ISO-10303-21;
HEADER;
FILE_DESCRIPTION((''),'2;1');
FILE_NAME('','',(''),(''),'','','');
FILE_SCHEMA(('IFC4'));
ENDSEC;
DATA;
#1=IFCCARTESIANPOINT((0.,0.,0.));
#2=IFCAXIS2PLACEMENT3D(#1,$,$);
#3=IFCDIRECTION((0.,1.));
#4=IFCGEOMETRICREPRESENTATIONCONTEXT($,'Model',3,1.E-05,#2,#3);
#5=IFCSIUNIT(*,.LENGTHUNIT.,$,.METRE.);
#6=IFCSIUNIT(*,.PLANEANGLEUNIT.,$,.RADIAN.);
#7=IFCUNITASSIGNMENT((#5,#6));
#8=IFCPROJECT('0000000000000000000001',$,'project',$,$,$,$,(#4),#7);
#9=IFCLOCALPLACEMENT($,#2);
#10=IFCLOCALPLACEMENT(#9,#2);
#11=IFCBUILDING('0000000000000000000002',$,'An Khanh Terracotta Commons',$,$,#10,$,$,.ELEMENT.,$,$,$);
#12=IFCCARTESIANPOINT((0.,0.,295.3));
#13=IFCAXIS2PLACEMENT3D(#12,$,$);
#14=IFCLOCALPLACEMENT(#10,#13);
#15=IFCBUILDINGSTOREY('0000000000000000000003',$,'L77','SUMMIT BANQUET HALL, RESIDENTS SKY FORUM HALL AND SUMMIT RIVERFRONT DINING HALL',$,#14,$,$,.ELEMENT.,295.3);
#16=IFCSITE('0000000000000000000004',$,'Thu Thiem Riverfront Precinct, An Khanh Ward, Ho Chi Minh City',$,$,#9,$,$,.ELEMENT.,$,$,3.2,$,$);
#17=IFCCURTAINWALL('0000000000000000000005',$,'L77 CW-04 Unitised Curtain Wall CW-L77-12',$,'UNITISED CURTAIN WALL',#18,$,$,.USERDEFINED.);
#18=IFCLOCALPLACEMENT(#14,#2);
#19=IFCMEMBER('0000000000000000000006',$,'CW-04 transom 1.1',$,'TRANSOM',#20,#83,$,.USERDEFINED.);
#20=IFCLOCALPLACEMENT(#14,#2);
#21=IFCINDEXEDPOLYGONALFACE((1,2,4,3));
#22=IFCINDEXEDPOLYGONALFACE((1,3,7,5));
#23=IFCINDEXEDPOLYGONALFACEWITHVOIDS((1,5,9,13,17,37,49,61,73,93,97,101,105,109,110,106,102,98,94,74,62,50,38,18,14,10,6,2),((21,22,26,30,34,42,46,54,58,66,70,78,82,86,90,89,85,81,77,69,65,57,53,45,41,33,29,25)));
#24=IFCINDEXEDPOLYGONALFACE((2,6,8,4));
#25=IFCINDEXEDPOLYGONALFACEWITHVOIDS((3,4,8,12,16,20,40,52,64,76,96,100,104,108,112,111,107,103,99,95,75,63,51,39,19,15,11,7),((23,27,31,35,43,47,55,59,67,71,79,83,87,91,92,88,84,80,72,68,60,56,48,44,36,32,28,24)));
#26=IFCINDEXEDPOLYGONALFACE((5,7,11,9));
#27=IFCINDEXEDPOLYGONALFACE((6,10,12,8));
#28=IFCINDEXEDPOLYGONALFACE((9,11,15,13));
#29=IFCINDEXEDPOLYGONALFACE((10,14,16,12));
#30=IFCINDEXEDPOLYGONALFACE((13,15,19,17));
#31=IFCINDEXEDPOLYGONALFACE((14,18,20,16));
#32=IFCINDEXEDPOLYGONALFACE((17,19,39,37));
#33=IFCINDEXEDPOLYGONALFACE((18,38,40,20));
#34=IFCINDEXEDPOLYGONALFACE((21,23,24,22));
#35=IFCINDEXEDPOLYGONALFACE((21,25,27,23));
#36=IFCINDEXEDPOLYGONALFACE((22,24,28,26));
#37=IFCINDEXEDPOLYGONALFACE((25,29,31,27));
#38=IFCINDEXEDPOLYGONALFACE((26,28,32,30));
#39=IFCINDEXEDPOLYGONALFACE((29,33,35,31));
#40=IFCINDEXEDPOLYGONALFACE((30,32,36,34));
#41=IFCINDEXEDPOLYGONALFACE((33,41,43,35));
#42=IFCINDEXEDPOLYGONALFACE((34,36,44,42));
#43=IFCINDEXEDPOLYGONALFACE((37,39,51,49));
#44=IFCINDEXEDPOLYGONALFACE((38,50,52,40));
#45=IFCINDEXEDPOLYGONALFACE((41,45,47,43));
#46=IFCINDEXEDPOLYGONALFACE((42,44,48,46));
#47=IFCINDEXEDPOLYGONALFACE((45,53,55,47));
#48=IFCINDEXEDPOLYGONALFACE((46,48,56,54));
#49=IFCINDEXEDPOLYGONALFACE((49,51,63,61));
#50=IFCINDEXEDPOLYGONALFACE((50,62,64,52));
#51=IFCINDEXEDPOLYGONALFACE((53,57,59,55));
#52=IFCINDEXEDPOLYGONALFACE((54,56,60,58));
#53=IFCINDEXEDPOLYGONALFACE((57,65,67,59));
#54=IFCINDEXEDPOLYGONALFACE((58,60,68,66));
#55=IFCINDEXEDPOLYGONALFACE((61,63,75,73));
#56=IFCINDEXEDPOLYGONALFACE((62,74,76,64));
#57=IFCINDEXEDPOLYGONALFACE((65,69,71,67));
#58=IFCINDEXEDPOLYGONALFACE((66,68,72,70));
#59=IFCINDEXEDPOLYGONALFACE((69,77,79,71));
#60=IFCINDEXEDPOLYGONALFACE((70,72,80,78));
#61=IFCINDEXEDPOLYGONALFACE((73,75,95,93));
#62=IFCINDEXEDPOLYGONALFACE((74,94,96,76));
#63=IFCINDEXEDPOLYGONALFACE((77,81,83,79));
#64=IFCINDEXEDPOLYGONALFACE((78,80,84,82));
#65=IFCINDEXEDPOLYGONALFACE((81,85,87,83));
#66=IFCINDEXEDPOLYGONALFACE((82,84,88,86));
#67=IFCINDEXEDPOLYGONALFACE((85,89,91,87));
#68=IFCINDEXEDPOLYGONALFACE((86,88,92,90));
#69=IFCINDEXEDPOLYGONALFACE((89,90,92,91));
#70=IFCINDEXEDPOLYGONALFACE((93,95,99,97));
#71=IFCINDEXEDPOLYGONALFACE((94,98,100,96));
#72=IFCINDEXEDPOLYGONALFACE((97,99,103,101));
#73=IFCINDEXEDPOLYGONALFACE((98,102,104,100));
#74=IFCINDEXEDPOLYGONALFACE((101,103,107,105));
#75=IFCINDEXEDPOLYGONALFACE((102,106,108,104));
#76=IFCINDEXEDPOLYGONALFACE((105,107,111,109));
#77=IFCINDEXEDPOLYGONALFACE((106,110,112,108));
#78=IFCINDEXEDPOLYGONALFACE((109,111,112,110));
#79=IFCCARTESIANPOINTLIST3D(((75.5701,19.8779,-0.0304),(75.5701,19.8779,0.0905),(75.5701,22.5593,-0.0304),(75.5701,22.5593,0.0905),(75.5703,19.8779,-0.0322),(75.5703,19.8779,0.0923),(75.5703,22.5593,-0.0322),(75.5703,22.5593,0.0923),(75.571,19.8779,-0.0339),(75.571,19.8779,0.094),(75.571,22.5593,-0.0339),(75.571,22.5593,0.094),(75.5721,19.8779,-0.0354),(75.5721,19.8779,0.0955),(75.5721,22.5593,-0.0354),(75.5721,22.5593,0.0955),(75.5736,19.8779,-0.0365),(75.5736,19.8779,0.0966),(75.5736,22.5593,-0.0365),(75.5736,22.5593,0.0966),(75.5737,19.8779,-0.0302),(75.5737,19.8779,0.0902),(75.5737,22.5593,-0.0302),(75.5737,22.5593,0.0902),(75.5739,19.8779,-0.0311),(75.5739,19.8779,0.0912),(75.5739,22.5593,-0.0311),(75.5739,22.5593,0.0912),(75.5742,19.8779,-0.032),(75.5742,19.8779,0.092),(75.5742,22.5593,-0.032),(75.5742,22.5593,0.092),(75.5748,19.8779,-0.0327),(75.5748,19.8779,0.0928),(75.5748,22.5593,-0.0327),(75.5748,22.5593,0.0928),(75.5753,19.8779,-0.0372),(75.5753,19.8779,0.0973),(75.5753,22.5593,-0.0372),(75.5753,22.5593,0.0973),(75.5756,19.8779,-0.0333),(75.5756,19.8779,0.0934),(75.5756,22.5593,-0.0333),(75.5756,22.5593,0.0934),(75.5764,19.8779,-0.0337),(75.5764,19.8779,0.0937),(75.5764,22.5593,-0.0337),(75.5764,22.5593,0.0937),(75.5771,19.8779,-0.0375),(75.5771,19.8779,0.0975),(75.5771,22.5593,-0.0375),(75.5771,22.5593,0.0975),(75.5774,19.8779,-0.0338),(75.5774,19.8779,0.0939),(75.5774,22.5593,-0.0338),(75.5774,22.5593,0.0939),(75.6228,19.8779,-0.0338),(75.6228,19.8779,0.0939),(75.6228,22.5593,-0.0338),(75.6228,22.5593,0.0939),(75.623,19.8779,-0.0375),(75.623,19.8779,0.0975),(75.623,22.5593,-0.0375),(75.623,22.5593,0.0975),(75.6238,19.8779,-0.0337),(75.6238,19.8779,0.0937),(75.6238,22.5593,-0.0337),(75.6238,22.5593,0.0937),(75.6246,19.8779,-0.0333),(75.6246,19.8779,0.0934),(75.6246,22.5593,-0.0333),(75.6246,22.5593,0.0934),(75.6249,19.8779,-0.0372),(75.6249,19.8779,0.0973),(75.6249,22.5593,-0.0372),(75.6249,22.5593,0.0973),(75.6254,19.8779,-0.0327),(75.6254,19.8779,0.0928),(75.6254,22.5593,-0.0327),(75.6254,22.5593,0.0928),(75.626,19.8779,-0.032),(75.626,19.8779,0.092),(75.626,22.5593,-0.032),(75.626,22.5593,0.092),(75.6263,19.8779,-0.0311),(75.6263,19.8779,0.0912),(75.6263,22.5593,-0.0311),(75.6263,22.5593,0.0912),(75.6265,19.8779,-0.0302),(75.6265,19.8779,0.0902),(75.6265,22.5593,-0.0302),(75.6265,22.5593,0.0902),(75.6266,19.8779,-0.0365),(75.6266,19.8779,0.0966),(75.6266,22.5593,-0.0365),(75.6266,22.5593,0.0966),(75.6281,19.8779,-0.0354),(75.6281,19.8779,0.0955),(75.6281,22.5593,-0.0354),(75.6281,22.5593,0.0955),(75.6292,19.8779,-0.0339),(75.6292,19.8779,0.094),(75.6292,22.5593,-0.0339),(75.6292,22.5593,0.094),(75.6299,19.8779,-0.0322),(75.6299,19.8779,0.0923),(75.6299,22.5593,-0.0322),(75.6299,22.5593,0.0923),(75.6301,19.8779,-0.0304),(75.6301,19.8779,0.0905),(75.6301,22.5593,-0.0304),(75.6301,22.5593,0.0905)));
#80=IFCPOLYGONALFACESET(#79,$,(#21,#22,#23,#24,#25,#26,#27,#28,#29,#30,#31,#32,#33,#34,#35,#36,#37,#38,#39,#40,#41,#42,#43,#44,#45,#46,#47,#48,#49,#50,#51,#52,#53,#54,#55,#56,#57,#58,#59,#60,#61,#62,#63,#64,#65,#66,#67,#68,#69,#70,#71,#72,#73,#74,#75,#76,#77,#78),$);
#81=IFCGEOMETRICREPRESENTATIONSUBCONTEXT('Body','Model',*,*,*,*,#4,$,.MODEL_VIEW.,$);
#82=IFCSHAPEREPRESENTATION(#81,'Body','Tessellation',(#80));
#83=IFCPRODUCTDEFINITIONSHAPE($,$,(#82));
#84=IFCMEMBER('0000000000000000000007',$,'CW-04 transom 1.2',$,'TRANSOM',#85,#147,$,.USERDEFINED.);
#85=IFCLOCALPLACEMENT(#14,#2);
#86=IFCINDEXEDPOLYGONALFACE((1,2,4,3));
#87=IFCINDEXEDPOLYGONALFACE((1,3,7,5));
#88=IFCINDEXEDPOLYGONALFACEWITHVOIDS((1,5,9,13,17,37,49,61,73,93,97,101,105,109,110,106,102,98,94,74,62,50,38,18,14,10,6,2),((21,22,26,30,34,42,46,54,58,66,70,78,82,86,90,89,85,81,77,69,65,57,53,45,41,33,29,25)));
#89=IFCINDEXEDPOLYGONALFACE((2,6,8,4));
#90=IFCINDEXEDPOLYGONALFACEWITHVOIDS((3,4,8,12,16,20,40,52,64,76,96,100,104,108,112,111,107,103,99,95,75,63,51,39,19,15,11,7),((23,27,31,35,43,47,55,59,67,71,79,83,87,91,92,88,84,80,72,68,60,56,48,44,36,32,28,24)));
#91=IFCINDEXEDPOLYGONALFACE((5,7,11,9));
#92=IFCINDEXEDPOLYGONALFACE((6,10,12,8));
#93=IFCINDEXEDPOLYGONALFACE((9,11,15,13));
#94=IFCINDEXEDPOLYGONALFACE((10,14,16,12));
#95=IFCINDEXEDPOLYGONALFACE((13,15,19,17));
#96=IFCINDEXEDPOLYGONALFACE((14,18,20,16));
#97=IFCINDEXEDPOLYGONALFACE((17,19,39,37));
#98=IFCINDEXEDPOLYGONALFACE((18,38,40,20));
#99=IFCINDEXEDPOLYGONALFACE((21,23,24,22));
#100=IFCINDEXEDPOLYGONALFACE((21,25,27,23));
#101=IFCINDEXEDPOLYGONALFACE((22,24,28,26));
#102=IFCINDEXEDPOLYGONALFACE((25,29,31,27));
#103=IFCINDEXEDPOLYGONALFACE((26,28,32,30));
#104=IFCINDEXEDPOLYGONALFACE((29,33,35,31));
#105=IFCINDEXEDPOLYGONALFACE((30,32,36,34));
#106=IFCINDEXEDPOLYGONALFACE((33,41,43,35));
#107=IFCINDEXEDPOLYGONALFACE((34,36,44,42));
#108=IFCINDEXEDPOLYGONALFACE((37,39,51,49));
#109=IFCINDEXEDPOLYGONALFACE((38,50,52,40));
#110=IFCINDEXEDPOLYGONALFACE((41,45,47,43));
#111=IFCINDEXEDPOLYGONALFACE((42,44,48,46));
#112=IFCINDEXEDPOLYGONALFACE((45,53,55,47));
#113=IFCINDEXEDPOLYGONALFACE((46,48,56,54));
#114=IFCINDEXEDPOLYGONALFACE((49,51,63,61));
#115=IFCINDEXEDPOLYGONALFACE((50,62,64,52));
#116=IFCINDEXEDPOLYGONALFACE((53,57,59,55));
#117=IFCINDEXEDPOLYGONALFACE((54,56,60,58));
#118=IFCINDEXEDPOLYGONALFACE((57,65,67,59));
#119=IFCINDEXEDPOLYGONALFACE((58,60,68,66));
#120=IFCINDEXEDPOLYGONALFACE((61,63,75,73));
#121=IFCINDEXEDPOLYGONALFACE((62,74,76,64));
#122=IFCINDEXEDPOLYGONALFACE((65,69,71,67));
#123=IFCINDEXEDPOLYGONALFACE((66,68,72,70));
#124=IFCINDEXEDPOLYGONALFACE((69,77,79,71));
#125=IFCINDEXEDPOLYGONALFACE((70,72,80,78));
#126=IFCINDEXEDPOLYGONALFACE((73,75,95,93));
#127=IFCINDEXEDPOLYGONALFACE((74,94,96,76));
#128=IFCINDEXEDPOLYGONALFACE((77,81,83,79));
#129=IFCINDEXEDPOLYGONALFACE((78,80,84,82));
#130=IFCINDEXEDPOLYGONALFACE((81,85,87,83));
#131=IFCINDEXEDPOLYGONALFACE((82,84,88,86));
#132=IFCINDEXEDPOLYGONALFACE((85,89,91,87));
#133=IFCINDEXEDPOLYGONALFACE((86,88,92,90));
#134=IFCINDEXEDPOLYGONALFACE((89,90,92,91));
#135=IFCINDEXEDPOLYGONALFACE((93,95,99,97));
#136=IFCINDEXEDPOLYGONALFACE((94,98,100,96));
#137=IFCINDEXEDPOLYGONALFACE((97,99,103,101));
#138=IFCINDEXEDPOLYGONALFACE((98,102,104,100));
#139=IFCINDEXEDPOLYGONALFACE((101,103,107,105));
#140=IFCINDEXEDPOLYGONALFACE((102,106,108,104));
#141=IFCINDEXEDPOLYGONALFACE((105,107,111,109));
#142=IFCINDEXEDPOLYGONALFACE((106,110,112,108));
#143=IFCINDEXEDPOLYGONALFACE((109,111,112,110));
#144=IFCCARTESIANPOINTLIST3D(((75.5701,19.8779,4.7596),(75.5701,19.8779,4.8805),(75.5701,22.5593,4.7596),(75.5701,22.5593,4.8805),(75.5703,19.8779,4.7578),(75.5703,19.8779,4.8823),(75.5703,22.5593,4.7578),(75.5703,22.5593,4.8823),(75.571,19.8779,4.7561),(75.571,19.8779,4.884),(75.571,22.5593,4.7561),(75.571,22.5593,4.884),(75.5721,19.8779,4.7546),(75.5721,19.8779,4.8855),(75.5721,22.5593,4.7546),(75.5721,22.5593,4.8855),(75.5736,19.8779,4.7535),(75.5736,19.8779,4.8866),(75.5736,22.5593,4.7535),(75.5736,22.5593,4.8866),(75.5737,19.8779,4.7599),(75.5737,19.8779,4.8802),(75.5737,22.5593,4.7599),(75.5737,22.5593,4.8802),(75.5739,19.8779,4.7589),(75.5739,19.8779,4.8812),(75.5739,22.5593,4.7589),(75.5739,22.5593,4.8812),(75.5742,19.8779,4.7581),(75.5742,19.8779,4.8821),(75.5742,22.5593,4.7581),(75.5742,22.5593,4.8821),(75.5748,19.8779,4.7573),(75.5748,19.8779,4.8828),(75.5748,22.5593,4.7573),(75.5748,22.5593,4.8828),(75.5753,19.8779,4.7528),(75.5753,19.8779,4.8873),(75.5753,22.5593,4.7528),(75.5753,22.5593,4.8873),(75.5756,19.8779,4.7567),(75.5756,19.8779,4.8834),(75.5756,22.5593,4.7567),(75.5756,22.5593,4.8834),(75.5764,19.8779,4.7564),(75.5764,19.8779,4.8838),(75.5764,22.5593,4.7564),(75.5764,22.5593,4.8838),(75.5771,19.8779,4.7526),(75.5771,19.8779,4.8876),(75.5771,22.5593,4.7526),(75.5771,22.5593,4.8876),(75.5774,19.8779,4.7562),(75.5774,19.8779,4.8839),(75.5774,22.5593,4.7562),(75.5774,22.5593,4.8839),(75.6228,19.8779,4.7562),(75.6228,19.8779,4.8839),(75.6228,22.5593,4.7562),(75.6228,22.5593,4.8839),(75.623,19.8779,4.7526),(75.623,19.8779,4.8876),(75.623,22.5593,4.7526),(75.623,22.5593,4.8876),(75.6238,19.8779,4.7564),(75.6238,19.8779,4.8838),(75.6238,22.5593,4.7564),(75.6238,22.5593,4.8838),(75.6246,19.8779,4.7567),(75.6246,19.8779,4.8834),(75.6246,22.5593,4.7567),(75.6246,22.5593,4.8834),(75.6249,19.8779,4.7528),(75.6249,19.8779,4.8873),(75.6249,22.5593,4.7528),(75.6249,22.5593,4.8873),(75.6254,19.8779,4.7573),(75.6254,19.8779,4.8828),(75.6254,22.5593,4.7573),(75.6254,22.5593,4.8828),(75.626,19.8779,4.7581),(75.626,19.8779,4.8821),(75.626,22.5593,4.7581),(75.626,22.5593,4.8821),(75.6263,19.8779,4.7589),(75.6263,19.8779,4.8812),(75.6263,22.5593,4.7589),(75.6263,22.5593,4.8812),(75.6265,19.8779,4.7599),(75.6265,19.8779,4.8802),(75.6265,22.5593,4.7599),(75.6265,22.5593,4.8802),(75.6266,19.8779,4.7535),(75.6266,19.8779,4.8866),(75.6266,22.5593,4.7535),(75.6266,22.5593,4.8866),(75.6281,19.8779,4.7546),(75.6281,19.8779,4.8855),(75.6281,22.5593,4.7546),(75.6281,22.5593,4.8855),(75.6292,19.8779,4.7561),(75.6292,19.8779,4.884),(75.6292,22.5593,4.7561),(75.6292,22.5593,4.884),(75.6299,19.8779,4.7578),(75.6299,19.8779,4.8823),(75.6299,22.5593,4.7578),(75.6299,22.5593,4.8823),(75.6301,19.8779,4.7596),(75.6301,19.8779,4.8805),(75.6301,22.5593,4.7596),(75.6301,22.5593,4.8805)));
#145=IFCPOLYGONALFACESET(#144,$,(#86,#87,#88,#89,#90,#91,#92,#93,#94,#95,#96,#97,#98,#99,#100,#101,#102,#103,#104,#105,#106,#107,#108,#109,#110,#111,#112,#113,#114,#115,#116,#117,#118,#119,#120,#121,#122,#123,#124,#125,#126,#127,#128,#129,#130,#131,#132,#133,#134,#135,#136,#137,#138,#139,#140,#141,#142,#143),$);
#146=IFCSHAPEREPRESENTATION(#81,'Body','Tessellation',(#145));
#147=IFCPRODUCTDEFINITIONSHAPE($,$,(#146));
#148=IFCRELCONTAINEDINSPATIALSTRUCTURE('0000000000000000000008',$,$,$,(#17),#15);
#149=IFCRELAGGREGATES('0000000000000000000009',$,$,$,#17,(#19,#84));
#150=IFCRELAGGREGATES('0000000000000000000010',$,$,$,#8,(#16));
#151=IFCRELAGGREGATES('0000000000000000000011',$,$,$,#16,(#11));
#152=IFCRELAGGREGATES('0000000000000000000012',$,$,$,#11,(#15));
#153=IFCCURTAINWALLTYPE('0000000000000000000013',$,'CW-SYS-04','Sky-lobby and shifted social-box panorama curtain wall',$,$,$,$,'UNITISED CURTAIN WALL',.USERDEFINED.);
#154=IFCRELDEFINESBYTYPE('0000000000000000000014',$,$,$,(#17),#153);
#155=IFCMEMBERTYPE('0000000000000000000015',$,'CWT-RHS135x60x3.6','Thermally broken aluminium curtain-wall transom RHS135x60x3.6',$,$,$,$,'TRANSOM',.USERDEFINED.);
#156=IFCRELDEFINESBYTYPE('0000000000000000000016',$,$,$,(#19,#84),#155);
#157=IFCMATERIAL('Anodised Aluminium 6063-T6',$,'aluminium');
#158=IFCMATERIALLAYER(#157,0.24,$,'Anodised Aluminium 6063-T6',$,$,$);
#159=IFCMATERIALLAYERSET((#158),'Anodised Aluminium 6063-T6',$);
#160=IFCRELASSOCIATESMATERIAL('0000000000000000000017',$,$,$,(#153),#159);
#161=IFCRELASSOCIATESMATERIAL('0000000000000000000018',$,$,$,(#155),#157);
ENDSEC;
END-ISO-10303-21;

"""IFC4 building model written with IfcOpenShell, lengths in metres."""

from ifc_helpers import new_model, si_unit, direction, frame, origin, origin_2d, place, context, subcontext, project, spatial, hollow_rectangle, extrude, material, layer, layer_set, material_profile, profile_set, type_object, element, aggregate, save


model = new_model("IFC4")

# Units and contexts
model_context = context("Model", 3, precision=1e-05, world=origin(), true_north=direction((0.0, 1.0)))
body_context = subcontext(model_context, "Body", "Model", "MODEL_VIEW")
ifc_project = project(units=[si_unit("LENGTHUNIT", "METRE"), si_unit("PLANEANGLEUNIT", "RADIAN")], contexts=[model_context])

# Site, building, storey
site_placement = place(None, origin())
site = spatial("IfcSite", under=ifc_project, at=site_placement, Name="Thu Thiem Riverfront Precinct, An Khanh Ward, Ho Chi Minh City", CompositionType="ELEMENT", RefElevation=3.2)
building_placement = place(site_placement, origin())
building = spatial("IfcBuilding", under=site, at=building_placement, Name="An Khanh Terracotta Commons", CompositionType="ELEMENT")
storey_placement = place(building_placement, frame((0.0, 0.0, 295.3)))
storey = spatial("IfcBuildingStorey", under=building, at=storey_placement, Name="L77", Description="SUMMIT BANQUET HALL, RESIDENTS SKY FORUM HALL AND SUMMIT RIVERFRONT DINING HALL", CompositionType="ELEMENT", Elevation=295.3)

# Curtain wall
ifc_material_1 = material(Name="Anodised Aluminium 6063-T6", Category="aluminium")
ifc_layer_1 = layer(ifc_material_1, 0.24, Name="Anodised Aluminium 6063-T6")
ifc_layer_set_1 = layer_set([ifc_layer_1], Name="Anodised Aluminium 6063-T6")
curtain_wall_type = type_object("IfcCurtainWallType", Name="CW-SYS-04", Description="Sky-lobby and shifted social-box panorama curtain wall", ElementType="UNITISED CURTAIN WALL", PredefinedType="USERDEFINED", material=ifc_layer_set_1)
curtain_wall_1_placement = place(storey_placement, origin())
curtain_wall_1 = element("IfcCurtainWall", 1, at=curtain_wall_1_placement, inside=storey, type_object=curtain_wall_type, Name="L77 CW-04 Unitised Curtain Wall CW-L77-12", ObjectType="UNITISED CURTAIN WALL", PredefinedType="USERDEFINED")

# Members
ifc_material_profile_1 = material_profile(ifc_material_1, hollow_rectangle(XDim=0.0601, YDim=0.135, WallThickness=0.0037, InnerFilletRadius=0.0037, OuterFilletRadius=0.0071, at=origin_2d()), Name="RHS135x60x3.6")
ifc_profile_set_1 = profile_set([ifc_material_profile_1], Name="Anodised Aluminium 6063-T6")
member_type_1 = type_object("IfcMemberType", Name="CWT-RHS135x60x3.6", Description="Thermally broken aluminium curtain-wall transom RHS135x60x3.6", ElementType="TRANSOM", PredefinedType="USERDEFINED", material=ifc_profile_set_1)
member_1_placement = place(storey_placement, frame((75.6001, 19.8779, 0.03), z_axis=(0.0, 1.0, 0.0), x_axis=(-1.0, 0.0, 0.0)))
member_1 = element("IfcMember", 2, at=member_1_placement, type_object=member_type_1, Name="CW-04 transom 1.1", ObjectType="TRANSOM", PredefinedType="USERDEFINED", context=body_context, shape_type="SweptSolid", body=[
    extrude(hollow_rectangle(XDim=0.0601, YDim=0.135, WallThickness=0.0037, InnerFilletRadius=0.0037, OuterFilletRadius=0.0071, at=origin_2d()), origin(), (0.0, 0.0, 1.0), 2.6814),
])
member_2_placement = place(storey_placement, frame((75.6001, 19.8779, 4.8201), z_axis=(0.0, 1.0, 0.0), x_axis=(-1.0, 0.0, 0.0)))
member_2 = element("IfcMember", 3, at=member_2_placement, type_object=member_type_1, Name="CW-04 transom 1.2", ObjectType="TRANSOM", PredefinedType="USERDEFINED", context=body_context, shape_type="SweptSolid", body=[
    extrude(hollow_rectangle(XDim=0.0601, YDim=0.135, WallThickness=0.0037, InnerFilletRadius=0.0037, OuterFilletRadius=0.0071, at=origin_2d()), origin(), (0.0, 0.0, 1.0), 2.6814),
])

aggregate(curtain_wall_1, [member_1, member_2])

save(model, "model.ifc")
